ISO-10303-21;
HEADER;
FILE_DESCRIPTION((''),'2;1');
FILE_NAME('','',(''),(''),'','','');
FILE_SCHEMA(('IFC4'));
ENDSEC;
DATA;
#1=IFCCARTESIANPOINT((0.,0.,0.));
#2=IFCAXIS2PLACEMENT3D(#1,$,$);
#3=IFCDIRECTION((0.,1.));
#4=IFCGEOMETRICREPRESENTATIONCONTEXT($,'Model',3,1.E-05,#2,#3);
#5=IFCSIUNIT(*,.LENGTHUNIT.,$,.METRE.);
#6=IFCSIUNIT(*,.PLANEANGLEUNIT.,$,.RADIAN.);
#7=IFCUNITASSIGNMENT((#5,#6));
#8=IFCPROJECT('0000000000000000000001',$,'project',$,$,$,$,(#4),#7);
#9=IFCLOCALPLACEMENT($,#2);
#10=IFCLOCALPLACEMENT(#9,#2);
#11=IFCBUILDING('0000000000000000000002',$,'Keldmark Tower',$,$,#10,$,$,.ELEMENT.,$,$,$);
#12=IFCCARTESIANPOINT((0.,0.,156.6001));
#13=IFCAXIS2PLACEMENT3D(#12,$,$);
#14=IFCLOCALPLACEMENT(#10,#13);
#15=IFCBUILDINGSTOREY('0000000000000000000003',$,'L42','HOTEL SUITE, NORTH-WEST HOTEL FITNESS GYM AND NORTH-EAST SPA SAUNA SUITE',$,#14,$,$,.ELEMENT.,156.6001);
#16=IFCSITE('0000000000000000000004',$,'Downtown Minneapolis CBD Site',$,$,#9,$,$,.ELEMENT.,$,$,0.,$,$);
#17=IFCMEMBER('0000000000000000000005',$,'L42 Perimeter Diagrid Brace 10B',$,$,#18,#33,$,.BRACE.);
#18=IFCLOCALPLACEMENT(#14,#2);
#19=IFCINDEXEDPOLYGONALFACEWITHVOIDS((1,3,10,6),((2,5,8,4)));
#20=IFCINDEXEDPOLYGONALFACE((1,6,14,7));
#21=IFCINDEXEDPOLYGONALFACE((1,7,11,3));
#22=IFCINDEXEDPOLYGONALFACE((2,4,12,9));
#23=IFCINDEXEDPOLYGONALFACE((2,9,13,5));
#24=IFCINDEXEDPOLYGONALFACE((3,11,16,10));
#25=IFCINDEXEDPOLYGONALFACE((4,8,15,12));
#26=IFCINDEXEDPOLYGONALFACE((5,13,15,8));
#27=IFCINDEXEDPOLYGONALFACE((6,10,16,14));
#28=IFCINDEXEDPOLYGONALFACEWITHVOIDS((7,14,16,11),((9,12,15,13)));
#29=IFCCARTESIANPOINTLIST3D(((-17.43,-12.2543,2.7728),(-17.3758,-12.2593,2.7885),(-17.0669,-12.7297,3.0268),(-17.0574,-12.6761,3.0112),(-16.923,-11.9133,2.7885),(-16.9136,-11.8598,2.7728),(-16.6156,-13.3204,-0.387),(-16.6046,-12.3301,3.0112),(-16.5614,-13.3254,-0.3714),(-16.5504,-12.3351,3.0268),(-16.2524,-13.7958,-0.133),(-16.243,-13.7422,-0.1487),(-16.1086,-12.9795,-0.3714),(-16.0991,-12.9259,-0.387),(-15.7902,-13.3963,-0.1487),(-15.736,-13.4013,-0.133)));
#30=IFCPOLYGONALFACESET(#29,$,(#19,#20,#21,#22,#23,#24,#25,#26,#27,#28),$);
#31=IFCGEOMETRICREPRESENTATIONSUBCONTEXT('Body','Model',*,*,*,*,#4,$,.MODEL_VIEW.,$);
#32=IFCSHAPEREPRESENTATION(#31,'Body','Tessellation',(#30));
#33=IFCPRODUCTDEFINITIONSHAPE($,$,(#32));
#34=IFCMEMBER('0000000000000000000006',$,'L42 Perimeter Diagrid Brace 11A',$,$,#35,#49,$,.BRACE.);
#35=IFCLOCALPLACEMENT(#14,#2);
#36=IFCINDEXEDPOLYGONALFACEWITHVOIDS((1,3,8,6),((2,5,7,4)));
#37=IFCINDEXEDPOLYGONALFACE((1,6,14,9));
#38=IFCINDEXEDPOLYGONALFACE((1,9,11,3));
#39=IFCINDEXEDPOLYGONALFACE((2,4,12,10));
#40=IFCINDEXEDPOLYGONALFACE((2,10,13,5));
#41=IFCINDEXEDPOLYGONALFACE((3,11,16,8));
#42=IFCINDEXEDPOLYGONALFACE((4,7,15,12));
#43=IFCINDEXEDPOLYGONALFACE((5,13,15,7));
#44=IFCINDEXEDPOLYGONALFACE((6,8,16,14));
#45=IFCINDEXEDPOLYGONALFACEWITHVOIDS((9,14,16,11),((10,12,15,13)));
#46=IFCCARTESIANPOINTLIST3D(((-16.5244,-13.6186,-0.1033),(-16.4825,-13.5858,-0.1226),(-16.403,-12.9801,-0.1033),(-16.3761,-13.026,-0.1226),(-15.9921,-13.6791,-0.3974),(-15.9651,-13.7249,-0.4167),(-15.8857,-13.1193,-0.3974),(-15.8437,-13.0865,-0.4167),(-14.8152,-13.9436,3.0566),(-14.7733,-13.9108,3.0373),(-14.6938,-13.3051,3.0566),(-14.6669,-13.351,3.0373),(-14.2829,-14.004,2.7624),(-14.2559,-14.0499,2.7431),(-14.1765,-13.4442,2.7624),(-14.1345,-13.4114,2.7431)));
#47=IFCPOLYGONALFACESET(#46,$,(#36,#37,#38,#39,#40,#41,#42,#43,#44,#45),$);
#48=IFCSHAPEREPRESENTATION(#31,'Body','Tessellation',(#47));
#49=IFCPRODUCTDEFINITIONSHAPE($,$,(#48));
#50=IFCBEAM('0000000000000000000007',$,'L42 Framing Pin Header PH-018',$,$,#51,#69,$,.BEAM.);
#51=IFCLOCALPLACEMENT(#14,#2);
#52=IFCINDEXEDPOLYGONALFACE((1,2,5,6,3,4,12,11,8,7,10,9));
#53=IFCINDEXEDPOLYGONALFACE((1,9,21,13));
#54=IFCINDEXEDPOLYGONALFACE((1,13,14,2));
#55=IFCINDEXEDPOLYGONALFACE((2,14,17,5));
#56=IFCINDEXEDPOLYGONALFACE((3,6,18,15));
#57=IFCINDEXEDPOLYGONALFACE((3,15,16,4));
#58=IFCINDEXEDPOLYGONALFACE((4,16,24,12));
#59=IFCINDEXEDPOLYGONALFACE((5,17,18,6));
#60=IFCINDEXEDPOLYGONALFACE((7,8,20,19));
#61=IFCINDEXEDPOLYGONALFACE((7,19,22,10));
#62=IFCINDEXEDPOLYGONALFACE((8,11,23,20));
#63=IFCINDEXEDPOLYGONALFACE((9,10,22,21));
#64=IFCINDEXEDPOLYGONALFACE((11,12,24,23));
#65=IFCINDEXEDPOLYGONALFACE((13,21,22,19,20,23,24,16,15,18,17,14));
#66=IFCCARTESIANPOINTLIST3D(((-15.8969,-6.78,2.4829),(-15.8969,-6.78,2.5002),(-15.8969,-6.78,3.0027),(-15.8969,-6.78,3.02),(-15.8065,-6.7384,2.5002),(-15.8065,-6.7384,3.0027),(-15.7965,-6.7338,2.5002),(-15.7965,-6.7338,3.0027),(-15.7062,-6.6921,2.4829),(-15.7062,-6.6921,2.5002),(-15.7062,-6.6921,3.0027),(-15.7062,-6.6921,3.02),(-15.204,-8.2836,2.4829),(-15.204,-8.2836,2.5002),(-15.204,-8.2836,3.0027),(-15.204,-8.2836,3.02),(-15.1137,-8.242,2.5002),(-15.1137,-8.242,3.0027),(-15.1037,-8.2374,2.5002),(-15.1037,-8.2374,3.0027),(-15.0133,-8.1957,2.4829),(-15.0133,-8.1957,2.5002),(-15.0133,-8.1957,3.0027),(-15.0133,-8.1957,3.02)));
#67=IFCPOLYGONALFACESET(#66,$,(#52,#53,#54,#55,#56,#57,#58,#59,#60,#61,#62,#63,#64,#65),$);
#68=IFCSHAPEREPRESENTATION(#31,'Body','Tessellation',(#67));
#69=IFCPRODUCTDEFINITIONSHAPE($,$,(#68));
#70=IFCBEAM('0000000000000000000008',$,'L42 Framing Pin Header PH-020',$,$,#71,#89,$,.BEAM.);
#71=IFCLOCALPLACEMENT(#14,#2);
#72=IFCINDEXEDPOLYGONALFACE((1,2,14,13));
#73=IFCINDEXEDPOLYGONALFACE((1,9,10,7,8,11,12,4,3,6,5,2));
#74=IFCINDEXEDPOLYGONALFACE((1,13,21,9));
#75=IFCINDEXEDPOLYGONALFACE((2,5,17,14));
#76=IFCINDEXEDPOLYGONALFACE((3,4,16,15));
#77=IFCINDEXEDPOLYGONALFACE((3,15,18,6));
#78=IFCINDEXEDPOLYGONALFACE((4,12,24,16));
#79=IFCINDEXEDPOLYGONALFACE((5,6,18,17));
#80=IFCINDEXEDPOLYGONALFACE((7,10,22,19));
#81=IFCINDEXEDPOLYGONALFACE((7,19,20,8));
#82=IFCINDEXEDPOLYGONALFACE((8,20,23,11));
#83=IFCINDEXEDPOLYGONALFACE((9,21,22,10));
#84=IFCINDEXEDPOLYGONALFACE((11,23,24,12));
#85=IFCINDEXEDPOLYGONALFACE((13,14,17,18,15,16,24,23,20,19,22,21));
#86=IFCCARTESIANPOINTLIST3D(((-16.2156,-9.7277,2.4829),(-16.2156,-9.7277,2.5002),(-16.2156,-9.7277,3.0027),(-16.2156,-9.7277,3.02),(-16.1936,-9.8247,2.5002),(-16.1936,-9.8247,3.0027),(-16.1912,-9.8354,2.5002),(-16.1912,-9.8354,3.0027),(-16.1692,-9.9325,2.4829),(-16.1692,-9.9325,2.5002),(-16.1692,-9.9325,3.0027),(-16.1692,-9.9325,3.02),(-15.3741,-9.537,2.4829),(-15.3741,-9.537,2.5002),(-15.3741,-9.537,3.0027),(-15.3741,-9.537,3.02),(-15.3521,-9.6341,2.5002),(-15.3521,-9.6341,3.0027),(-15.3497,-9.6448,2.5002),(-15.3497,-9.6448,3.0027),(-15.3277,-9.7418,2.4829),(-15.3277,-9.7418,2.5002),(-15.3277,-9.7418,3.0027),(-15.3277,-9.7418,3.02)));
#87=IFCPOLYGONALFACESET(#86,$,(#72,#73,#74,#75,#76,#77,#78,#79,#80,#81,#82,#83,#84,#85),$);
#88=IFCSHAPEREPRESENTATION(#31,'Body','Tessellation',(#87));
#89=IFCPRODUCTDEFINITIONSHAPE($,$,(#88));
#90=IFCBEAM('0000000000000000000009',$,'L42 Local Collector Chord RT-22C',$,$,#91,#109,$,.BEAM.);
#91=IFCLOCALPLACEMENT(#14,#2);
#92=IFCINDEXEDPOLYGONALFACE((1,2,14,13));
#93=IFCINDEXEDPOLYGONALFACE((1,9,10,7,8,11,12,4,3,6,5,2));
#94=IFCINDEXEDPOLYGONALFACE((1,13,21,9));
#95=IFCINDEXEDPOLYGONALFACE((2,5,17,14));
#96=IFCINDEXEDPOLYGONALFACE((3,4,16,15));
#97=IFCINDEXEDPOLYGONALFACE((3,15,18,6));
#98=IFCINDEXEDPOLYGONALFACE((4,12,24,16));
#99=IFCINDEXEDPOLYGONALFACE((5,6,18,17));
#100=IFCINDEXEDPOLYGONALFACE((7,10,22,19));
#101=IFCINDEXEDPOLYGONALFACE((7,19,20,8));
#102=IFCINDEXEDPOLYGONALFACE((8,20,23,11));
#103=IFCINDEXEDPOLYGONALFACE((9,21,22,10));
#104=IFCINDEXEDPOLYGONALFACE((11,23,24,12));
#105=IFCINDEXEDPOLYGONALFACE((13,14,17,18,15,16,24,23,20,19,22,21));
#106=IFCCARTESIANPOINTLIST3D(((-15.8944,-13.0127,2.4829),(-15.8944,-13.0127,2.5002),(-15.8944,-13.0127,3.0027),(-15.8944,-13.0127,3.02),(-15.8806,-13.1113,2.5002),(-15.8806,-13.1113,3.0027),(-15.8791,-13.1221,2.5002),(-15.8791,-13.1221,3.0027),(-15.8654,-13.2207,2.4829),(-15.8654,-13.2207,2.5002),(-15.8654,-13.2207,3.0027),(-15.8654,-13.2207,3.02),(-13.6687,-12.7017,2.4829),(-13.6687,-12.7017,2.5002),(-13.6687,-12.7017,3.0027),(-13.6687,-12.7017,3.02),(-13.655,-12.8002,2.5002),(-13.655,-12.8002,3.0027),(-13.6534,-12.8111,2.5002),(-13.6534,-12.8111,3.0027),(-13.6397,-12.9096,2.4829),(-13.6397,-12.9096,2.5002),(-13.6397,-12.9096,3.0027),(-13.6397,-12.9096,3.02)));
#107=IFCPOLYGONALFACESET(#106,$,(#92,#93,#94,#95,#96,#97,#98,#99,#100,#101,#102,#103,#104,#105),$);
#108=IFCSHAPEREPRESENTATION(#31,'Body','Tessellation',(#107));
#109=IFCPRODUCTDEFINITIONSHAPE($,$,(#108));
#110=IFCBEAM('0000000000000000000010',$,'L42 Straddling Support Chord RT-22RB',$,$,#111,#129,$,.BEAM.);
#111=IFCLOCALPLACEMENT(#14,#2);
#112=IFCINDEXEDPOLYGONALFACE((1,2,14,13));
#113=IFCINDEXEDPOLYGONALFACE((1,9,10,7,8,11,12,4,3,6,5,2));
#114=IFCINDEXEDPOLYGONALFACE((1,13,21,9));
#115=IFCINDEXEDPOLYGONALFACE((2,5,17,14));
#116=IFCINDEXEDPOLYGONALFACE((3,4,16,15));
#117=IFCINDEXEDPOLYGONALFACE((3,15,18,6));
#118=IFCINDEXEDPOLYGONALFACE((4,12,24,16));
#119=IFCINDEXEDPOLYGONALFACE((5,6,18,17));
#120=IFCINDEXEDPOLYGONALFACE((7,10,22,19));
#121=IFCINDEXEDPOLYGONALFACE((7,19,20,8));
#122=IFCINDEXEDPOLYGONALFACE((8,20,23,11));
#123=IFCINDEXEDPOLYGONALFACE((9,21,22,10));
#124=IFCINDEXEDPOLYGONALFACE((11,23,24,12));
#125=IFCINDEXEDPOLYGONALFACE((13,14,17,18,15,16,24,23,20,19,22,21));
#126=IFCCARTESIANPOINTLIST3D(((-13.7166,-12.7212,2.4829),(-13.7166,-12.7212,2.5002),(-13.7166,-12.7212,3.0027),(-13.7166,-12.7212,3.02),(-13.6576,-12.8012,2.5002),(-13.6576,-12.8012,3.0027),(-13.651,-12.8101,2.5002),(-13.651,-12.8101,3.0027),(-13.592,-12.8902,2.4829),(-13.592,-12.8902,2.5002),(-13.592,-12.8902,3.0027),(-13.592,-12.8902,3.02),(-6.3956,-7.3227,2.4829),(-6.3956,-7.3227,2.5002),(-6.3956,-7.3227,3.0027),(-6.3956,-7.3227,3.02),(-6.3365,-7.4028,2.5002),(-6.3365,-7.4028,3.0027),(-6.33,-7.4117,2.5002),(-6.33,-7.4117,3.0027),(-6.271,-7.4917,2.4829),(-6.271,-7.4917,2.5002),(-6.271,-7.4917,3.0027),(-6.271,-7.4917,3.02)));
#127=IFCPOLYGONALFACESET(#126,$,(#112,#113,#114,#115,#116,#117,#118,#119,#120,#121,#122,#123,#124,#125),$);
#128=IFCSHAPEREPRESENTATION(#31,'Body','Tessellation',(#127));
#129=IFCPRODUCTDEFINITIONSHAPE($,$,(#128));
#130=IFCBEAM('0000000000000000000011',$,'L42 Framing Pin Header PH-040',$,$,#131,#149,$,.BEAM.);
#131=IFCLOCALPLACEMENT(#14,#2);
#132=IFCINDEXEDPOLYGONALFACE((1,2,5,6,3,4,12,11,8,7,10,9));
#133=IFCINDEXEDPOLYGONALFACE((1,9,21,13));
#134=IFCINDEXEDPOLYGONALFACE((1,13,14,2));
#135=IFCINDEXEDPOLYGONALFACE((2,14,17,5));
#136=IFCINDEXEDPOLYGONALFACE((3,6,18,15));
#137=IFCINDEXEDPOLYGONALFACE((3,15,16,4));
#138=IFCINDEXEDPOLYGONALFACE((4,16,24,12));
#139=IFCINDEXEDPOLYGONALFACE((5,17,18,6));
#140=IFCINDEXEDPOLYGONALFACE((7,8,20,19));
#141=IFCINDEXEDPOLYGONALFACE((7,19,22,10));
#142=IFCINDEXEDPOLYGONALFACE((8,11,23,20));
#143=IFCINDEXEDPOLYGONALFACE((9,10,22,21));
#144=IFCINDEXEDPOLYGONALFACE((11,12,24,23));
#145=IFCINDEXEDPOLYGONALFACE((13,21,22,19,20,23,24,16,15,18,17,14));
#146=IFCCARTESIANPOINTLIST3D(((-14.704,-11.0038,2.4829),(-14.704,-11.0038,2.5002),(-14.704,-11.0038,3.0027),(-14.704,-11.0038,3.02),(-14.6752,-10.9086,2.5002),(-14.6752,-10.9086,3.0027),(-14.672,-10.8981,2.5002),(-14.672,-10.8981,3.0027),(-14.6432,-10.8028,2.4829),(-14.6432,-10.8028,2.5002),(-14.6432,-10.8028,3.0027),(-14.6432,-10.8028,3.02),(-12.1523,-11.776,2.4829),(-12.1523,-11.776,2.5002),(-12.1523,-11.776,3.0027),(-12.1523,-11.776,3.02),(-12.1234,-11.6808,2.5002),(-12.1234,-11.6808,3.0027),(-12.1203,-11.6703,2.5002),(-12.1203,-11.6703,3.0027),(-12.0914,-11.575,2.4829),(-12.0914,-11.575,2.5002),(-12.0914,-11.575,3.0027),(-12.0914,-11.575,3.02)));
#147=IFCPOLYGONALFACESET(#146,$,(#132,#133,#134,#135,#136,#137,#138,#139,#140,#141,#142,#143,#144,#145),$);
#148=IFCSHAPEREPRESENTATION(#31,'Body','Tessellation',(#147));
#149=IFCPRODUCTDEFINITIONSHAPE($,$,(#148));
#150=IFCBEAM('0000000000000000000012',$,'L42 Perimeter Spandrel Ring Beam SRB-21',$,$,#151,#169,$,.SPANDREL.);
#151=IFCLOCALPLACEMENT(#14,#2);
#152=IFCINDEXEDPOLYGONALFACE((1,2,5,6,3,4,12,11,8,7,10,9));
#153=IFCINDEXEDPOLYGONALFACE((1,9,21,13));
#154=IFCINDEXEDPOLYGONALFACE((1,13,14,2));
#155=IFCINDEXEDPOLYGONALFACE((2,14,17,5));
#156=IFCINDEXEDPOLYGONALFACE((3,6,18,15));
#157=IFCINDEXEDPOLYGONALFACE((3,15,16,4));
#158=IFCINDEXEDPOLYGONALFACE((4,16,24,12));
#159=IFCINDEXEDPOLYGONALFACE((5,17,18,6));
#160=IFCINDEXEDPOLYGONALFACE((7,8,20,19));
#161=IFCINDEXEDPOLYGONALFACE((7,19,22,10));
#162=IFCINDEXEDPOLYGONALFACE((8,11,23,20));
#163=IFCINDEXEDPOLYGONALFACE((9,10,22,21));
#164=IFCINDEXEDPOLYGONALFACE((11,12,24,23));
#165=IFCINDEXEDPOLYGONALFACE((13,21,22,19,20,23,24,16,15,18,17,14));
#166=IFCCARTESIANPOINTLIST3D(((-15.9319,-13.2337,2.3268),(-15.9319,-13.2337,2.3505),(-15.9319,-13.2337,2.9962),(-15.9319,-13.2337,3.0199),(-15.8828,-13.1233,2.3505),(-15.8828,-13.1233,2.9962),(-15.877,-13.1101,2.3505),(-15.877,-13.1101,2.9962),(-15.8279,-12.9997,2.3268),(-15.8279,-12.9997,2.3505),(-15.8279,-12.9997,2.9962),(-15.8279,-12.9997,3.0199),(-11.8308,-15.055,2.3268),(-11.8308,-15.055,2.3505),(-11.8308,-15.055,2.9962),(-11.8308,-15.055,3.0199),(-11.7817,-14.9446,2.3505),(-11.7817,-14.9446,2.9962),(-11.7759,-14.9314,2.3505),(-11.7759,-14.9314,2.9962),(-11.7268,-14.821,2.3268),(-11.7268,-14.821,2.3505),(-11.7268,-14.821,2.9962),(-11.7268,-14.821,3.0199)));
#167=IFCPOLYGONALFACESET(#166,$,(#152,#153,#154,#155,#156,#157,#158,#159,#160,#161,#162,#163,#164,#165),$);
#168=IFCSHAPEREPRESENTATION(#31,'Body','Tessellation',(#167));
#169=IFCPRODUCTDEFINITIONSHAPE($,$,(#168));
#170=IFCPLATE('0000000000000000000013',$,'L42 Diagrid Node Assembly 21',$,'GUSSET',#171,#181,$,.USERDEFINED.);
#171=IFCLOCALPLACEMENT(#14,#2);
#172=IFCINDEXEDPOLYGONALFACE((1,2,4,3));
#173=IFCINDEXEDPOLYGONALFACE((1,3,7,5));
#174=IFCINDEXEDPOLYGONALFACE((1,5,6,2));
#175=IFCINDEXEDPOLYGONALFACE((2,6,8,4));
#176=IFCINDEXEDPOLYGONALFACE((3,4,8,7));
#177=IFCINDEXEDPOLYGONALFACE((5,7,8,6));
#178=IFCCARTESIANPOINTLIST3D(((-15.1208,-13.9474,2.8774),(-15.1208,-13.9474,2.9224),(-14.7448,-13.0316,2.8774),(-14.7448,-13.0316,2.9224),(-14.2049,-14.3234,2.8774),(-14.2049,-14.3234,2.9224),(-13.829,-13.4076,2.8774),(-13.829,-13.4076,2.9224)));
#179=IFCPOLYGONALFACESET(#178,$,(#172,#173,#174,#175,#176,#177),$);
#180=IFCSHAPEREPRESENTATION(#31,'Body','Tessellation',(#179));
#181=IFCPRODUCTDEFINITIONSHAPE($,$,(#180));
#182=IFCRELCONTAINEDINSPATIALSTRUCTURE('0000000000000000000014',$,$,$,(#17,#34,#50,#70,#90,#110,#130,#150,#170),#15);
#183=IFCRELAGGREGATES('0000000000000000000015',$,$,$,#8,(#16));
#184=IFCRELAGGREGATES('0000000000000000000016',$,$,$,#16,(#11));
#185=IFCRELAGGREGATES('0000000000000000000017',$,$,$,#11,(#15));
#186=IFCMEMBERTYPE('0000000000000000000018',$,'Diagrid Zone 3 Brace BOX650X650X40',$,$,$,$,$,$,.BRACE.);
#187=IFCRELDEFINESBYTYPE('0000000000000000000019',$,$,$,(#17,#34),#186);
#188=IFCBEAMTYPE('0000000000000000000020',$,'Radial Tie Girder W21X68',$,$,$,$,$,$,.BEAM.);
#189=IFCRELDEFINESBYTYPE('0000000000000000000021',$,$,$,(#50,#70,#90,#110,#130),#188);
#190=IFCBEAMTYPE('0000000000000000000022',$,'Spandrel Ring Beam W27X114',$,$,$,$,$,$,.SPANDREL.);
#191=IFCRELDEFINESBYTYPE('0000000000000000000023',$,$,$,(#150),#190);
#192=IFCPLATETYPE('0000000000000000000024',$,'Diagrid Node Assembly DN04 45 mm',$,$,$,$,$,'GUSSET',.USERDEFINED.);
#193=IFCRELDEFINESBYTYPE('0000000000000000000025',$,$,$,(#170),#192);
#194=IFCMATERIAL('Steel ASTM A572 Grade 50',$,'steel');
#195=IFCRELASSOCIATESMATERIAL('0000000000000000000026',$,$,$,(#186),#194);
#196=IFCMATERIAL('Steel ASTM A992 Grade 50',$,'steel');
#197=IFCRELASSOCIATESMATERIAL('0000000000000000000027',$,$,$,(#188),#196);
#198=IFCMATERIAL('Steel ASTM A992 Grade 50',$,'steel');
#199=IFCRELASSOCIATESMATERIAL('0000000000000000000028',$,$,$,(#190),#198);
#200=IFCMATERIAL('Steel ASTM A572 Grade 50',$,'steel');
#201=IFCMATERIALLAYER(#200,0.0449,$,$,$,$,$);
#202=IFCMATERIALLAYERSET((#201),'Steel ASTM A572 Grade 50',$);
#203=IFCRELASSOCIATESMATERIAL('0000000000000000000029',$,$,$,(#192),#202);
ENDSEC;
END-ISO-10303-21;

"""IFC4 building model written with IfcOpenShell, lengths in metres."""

from ifc_helpers import new_model, si_unit, direction, frame, origin, origin_2d, place, context, subcontext, project, spatial, rectangle, hollow_rectangle, i_section, extrude, material, layer, layer_set, material_profile, profile_set, type_object, element, save


model = new_model("IFC4")

# Units and contexts
model_context = context("Model", 3, precision=1e-05, world=origin(), true_north=direction((0.0, 1.0)))
body_context = subcontext(model_context, "Body", "Model", "MODEL_VIEW")
ifc_project = project(units=[si_unit("LENGTHUNIT", "METRE"), si_unit("PLANEANGLEUNIT", "RADIAN")], contexts=[model_context])

# Site, building, storey
site_placement = place(None, origin())
site = spatial("IfcSite", under=ifc_project, at=site_placement, Name="Downtown Minneapolis CBD Site", CompositionType="ELEMENT", RefElevation=0.0)
building_placement = place(site_placement, origin())
building = spatial("IfcBuilding", under=site, at=building_placement, Name="Keldmark Tower", CompositionType="ELEMENT")
storey_placement = place(building_placement, frame((0.0, 0.0, 156.6001)))
storey = spatial("IfcBuildingStorey", under=building, at=storey_placement, Name="L42", Description="HOTEL SUITE, NORTH-WEST HOTEL FITNESS GYM AND NORTH-EAST SPA SAUNA SUITE", CompositionType="ELEMENT", Elevation=156.6001)

# Members
ifc_material_1 = material(Name="Steel ASTM A572 Grade 50", Category="steel")
ifc_material_profile_1 = material_profile(ifc_material_1, hollow_rectangle(XDim=0.6499, YDim=0.6499, WallThickness=0.04, at=origin_2d()), Name="BOX650X650X40")
ifc_profile_set_1 = profile_set([ifc_material_profile_1], Name="Steel ASTM A572 Grade 50")
member_type = type_object("IfcMemberType", Name="Diagrid Zone 3 Brace BOX650X650X40", PredefinedType="BRACE", material=ifc_profile_set_1)
member_1_placement = place(storey_placement, frame((-16.1758, -13.3608, -0.26), z_axis=(-0.237247, 0.310568, 0.920468), x_axis=(-0.794662, -0.607052, 0.0)))
element("IfcMember", 1, at=member_1_placement, inside=storey, type_object=member_type, Name="L42 Perimeter Diagrid Brace 10B", PredefinedType="BRACE", context=body_context, shape_type="SweptSolid", body=[
    extrude(hollow_rectangle(XDim=0.6499, YDim=0.6499, WallThickness=0.04, at=origin_2d()), origin(), (0.0, 0.0, 1.0), 3.4329),
])
member_2_placement = place(storey_placement, frame((-16.1841, -13.3525, -0.26), z_axis=(0.473834, -0.090083, 0.875994), x_axis=(0.18677, 0.982404, 0.0)))
element("IfcMember", 2, at=member_2_placement, inside=storey, type_object=member_type, Name="L42 Perimeter Diagrid Brace 11A", PredefinedType="BRACE", context=body_context, shape_type="SweptSolid", body=[
    extrude(hollow_rectangle(XDim=0.6499, YDim=0.6499, WallThickness=0.04, at=origin_2d()), origin(), (0.0, 0.0, 1.0), 3.6072),
])

# Beams
ifc_material_2 = material(Name="Steel ASTM A992 Grade 50", Category="steel")
ifc_material_profile_2 = material_profile(ifc_material_2, i_section(OverallWidth=0.21, OverallDepth=0.5371, WebThickness=0.011, FlangeThickness=0.0173, at=origin_2d()), Name="W21X68")
ifc_profile_set_2 = profile_set([ifc_material_profile_2], Name="Steel ASTM A992 Grade 50")
beam_type_1 = type_object("IfcBeamType", Name="Radial Tie Girder W21X68", PredefinedType="BEAM", material=ifc_profile_set_2)
beam_1_placement = place(storey_placement, frame((-15.8015, -6.7361, 2.7515), z_axis=(0.418497, -0.908218, 0.0), x_axis=(0.908218, 0.418497, 0.0)))
element("IfcBeam", 3, at=beam_1_placement, inside=storey, type_object=beam_type_1, Name="L42 Framing Pin Header PH-018", PredefinedType="BEAM", context=body_context, shape_type="SweptSolid", body=[
    extrude(i_section(OverallWidth=0.21, OverallDepth=0.5371, WebThickness=0.011, FlangeThickness=0.0173, at=origin_2d()), origin(), (0.0, 0.0, 1.0), 1.6555),
])
beam_2_placement = place(storey_placement, frame((-16.1924, -9.8301, 2.7515), z_axis=(0.97528, 0.220973, 0.0), x_axis=(-0.220973, 0.97528, 0.0)))
element("IfcBeam", 4, at=beam_2_placement, inside=storey, type_object=beam_type_1, Name="L42 Framing Pin Header PH-020", PredefinedType="BEAM", context=body_context, shape_type="SweptSolid", body=[
    extrude(i_section(OverallWidth=0.21, OverallDepth=0.5371, WebThickness=0.011, FlangeThickness=0.0173, at=origin_2d()), origin(), (0.0, 0.0, 1.0), 0.8628),
])
beam_3_placement = place(storey_placement, frame((-15.8799, -13.1167, 2.7515), z_axis=(0.990375, 0.138409, 0.0), x_axis=(-0.138409, 0.990375, 0.0)))
element("IfcBeam", 5, at=beam_3_placement, inside=storey, type_object=beam_type_1, Name="L42 Local Collector Chord RT-22C", PredefinedType="BEAM", context=body_context, shape_type="SweptSolid", body=[
    extrude(i_section(OverallWidth=0.21, OverallDepth=0.5371, WebThickness=0.011, FlangeThickness=0.0173, at=origin_2d()), origin(), (0.0, 0.0, 1.0), 2.2473),
])
beam_4_placement = place(storey_placement, frame((-13.6543, -12.8057, 2.7515), z_axis=(0.804847, 0.593483, 0.0), x_axis=(-0.593483, 0.804847, 0.0)))
element("IfcBeam", 6, at=beam_4_placement, inside=storey, type_object=beam_type_1, Name="L42 Straddling Support Chord RT-22RB", PredefinedType="BEAM", context=body_context, shape_type="SweptSolid", body=[
    extrude(i_section(OverallWidth=0.21, OverallDepth=0.5371, WebThickness=0.011, FlangeThickness=0.0173, at=origin_2d()), origin(), (0.0, 0.0, 1.0), 9.0962),
])
beam_5_placement = place(storey_placement, frame((-14.6736, -10.9033, 2.7515), z_axis=(0.957133, -0.289649, 0.0), x_axis=(0.289649, 0.957133, 0.0)))
element("IfcBeam", 7, at=beam_5_placement, inside=storey, type_object=beam_type_1, Name="L42 Framing Pin Header PH-040", PredefinedType="BEAM", context=body_context, shape_type="SweptSolid", body=[
    extrude(i_section(OverallWidth=0.21, OverallDepth=0.5371, WebThickness=0.011, FlangeThickness=0.0173, at=origin_2d()), origin(), (0.0, 0.0, 1.0), 2.666),
])
ifc_material_3 = material(Name="Steel ASTM A992 Grade 50", Category="steel")
ifc_material_profile_3 = material_profile(ifc_material_3, i_section(OverallWidth=0.2561, OverallDepth=0.6931, WebThickness=0.0144, FlangeThickness=0.0237, at=origin_2d()), Name="W27X114")
ifc_profile_set_3 = profile_set([ifc_material_profile_3], Name="Steel ASTM A992 Grade 50")
beam_type_2 = type_object("IfcBeamType", Name="Spandrel Ring Beam W27X114", PredefinedType="SPANDREL", material=ifc_profile_set_3)
beam_6_placement = place(storey_placement, frame((-15.8799, -13.1167, 2.6733), z_axis=(0.913928, -0.405876, 0.0), x_axis=(0.405876, 0.913928, 0.0)))
element("IfcBeam", 8, at=beam_6_placement, inside=storey, type_object=beam_type_2, Name="L42 Perimeter Spandrel Ring Beam SRB-21", PredefinedType="SPANDREL", context=body_context, shape_type="SweptSolid", body=[
    extrude(i_section(OverallWidth=0.2561, OverallDepth=0.6931, WebThickness=0.0144, FlangeThickness=0.0237, at=origin_2d()), origin(), (0.0, 0.0, 1.0), 4.4873),
])

# Plate
ifc_material_4 = material(Name="Steel ASTM A572 Grade 50", Category="steel")
ifc_layer_1 = layer(ifc_material_4, 0.0449)
ifc_layer_set_1 = layer_set([ifc_layer_1], Name="Steel ASTM A572 Grade 50")
plate_type = type_object("IfcPlateType", Name="Diagrid Node Assembly DN04 45 mm", ElementType="GUSSET", PredefinedType="USERDEFINED", material=ifc_layer_set_1)
plate_placement = place(storey_placement, frame((-14.4749, -13.6775, 2.8774), z_axis=(0.0, 0.0, 1.0), x_axis=(0.925077, -0.379779, 0.0)))
element("IfcPlate", 9, at=plate_placement, inside=storey, type_object=plate_type, Name="L42 Diagrid Node Assembly 21", ObjectType="GUSSET", PredefinedType="USERDEFINED", context=body_context, shape_type="SweptSolid", body=[
    extrude(rectangle(XDim=0.99, YDim=0.99, at=origin_2d()), origin(), (0.0, 0.0, 1.0), 0.0449),
])

save(model, "model.ifc")
